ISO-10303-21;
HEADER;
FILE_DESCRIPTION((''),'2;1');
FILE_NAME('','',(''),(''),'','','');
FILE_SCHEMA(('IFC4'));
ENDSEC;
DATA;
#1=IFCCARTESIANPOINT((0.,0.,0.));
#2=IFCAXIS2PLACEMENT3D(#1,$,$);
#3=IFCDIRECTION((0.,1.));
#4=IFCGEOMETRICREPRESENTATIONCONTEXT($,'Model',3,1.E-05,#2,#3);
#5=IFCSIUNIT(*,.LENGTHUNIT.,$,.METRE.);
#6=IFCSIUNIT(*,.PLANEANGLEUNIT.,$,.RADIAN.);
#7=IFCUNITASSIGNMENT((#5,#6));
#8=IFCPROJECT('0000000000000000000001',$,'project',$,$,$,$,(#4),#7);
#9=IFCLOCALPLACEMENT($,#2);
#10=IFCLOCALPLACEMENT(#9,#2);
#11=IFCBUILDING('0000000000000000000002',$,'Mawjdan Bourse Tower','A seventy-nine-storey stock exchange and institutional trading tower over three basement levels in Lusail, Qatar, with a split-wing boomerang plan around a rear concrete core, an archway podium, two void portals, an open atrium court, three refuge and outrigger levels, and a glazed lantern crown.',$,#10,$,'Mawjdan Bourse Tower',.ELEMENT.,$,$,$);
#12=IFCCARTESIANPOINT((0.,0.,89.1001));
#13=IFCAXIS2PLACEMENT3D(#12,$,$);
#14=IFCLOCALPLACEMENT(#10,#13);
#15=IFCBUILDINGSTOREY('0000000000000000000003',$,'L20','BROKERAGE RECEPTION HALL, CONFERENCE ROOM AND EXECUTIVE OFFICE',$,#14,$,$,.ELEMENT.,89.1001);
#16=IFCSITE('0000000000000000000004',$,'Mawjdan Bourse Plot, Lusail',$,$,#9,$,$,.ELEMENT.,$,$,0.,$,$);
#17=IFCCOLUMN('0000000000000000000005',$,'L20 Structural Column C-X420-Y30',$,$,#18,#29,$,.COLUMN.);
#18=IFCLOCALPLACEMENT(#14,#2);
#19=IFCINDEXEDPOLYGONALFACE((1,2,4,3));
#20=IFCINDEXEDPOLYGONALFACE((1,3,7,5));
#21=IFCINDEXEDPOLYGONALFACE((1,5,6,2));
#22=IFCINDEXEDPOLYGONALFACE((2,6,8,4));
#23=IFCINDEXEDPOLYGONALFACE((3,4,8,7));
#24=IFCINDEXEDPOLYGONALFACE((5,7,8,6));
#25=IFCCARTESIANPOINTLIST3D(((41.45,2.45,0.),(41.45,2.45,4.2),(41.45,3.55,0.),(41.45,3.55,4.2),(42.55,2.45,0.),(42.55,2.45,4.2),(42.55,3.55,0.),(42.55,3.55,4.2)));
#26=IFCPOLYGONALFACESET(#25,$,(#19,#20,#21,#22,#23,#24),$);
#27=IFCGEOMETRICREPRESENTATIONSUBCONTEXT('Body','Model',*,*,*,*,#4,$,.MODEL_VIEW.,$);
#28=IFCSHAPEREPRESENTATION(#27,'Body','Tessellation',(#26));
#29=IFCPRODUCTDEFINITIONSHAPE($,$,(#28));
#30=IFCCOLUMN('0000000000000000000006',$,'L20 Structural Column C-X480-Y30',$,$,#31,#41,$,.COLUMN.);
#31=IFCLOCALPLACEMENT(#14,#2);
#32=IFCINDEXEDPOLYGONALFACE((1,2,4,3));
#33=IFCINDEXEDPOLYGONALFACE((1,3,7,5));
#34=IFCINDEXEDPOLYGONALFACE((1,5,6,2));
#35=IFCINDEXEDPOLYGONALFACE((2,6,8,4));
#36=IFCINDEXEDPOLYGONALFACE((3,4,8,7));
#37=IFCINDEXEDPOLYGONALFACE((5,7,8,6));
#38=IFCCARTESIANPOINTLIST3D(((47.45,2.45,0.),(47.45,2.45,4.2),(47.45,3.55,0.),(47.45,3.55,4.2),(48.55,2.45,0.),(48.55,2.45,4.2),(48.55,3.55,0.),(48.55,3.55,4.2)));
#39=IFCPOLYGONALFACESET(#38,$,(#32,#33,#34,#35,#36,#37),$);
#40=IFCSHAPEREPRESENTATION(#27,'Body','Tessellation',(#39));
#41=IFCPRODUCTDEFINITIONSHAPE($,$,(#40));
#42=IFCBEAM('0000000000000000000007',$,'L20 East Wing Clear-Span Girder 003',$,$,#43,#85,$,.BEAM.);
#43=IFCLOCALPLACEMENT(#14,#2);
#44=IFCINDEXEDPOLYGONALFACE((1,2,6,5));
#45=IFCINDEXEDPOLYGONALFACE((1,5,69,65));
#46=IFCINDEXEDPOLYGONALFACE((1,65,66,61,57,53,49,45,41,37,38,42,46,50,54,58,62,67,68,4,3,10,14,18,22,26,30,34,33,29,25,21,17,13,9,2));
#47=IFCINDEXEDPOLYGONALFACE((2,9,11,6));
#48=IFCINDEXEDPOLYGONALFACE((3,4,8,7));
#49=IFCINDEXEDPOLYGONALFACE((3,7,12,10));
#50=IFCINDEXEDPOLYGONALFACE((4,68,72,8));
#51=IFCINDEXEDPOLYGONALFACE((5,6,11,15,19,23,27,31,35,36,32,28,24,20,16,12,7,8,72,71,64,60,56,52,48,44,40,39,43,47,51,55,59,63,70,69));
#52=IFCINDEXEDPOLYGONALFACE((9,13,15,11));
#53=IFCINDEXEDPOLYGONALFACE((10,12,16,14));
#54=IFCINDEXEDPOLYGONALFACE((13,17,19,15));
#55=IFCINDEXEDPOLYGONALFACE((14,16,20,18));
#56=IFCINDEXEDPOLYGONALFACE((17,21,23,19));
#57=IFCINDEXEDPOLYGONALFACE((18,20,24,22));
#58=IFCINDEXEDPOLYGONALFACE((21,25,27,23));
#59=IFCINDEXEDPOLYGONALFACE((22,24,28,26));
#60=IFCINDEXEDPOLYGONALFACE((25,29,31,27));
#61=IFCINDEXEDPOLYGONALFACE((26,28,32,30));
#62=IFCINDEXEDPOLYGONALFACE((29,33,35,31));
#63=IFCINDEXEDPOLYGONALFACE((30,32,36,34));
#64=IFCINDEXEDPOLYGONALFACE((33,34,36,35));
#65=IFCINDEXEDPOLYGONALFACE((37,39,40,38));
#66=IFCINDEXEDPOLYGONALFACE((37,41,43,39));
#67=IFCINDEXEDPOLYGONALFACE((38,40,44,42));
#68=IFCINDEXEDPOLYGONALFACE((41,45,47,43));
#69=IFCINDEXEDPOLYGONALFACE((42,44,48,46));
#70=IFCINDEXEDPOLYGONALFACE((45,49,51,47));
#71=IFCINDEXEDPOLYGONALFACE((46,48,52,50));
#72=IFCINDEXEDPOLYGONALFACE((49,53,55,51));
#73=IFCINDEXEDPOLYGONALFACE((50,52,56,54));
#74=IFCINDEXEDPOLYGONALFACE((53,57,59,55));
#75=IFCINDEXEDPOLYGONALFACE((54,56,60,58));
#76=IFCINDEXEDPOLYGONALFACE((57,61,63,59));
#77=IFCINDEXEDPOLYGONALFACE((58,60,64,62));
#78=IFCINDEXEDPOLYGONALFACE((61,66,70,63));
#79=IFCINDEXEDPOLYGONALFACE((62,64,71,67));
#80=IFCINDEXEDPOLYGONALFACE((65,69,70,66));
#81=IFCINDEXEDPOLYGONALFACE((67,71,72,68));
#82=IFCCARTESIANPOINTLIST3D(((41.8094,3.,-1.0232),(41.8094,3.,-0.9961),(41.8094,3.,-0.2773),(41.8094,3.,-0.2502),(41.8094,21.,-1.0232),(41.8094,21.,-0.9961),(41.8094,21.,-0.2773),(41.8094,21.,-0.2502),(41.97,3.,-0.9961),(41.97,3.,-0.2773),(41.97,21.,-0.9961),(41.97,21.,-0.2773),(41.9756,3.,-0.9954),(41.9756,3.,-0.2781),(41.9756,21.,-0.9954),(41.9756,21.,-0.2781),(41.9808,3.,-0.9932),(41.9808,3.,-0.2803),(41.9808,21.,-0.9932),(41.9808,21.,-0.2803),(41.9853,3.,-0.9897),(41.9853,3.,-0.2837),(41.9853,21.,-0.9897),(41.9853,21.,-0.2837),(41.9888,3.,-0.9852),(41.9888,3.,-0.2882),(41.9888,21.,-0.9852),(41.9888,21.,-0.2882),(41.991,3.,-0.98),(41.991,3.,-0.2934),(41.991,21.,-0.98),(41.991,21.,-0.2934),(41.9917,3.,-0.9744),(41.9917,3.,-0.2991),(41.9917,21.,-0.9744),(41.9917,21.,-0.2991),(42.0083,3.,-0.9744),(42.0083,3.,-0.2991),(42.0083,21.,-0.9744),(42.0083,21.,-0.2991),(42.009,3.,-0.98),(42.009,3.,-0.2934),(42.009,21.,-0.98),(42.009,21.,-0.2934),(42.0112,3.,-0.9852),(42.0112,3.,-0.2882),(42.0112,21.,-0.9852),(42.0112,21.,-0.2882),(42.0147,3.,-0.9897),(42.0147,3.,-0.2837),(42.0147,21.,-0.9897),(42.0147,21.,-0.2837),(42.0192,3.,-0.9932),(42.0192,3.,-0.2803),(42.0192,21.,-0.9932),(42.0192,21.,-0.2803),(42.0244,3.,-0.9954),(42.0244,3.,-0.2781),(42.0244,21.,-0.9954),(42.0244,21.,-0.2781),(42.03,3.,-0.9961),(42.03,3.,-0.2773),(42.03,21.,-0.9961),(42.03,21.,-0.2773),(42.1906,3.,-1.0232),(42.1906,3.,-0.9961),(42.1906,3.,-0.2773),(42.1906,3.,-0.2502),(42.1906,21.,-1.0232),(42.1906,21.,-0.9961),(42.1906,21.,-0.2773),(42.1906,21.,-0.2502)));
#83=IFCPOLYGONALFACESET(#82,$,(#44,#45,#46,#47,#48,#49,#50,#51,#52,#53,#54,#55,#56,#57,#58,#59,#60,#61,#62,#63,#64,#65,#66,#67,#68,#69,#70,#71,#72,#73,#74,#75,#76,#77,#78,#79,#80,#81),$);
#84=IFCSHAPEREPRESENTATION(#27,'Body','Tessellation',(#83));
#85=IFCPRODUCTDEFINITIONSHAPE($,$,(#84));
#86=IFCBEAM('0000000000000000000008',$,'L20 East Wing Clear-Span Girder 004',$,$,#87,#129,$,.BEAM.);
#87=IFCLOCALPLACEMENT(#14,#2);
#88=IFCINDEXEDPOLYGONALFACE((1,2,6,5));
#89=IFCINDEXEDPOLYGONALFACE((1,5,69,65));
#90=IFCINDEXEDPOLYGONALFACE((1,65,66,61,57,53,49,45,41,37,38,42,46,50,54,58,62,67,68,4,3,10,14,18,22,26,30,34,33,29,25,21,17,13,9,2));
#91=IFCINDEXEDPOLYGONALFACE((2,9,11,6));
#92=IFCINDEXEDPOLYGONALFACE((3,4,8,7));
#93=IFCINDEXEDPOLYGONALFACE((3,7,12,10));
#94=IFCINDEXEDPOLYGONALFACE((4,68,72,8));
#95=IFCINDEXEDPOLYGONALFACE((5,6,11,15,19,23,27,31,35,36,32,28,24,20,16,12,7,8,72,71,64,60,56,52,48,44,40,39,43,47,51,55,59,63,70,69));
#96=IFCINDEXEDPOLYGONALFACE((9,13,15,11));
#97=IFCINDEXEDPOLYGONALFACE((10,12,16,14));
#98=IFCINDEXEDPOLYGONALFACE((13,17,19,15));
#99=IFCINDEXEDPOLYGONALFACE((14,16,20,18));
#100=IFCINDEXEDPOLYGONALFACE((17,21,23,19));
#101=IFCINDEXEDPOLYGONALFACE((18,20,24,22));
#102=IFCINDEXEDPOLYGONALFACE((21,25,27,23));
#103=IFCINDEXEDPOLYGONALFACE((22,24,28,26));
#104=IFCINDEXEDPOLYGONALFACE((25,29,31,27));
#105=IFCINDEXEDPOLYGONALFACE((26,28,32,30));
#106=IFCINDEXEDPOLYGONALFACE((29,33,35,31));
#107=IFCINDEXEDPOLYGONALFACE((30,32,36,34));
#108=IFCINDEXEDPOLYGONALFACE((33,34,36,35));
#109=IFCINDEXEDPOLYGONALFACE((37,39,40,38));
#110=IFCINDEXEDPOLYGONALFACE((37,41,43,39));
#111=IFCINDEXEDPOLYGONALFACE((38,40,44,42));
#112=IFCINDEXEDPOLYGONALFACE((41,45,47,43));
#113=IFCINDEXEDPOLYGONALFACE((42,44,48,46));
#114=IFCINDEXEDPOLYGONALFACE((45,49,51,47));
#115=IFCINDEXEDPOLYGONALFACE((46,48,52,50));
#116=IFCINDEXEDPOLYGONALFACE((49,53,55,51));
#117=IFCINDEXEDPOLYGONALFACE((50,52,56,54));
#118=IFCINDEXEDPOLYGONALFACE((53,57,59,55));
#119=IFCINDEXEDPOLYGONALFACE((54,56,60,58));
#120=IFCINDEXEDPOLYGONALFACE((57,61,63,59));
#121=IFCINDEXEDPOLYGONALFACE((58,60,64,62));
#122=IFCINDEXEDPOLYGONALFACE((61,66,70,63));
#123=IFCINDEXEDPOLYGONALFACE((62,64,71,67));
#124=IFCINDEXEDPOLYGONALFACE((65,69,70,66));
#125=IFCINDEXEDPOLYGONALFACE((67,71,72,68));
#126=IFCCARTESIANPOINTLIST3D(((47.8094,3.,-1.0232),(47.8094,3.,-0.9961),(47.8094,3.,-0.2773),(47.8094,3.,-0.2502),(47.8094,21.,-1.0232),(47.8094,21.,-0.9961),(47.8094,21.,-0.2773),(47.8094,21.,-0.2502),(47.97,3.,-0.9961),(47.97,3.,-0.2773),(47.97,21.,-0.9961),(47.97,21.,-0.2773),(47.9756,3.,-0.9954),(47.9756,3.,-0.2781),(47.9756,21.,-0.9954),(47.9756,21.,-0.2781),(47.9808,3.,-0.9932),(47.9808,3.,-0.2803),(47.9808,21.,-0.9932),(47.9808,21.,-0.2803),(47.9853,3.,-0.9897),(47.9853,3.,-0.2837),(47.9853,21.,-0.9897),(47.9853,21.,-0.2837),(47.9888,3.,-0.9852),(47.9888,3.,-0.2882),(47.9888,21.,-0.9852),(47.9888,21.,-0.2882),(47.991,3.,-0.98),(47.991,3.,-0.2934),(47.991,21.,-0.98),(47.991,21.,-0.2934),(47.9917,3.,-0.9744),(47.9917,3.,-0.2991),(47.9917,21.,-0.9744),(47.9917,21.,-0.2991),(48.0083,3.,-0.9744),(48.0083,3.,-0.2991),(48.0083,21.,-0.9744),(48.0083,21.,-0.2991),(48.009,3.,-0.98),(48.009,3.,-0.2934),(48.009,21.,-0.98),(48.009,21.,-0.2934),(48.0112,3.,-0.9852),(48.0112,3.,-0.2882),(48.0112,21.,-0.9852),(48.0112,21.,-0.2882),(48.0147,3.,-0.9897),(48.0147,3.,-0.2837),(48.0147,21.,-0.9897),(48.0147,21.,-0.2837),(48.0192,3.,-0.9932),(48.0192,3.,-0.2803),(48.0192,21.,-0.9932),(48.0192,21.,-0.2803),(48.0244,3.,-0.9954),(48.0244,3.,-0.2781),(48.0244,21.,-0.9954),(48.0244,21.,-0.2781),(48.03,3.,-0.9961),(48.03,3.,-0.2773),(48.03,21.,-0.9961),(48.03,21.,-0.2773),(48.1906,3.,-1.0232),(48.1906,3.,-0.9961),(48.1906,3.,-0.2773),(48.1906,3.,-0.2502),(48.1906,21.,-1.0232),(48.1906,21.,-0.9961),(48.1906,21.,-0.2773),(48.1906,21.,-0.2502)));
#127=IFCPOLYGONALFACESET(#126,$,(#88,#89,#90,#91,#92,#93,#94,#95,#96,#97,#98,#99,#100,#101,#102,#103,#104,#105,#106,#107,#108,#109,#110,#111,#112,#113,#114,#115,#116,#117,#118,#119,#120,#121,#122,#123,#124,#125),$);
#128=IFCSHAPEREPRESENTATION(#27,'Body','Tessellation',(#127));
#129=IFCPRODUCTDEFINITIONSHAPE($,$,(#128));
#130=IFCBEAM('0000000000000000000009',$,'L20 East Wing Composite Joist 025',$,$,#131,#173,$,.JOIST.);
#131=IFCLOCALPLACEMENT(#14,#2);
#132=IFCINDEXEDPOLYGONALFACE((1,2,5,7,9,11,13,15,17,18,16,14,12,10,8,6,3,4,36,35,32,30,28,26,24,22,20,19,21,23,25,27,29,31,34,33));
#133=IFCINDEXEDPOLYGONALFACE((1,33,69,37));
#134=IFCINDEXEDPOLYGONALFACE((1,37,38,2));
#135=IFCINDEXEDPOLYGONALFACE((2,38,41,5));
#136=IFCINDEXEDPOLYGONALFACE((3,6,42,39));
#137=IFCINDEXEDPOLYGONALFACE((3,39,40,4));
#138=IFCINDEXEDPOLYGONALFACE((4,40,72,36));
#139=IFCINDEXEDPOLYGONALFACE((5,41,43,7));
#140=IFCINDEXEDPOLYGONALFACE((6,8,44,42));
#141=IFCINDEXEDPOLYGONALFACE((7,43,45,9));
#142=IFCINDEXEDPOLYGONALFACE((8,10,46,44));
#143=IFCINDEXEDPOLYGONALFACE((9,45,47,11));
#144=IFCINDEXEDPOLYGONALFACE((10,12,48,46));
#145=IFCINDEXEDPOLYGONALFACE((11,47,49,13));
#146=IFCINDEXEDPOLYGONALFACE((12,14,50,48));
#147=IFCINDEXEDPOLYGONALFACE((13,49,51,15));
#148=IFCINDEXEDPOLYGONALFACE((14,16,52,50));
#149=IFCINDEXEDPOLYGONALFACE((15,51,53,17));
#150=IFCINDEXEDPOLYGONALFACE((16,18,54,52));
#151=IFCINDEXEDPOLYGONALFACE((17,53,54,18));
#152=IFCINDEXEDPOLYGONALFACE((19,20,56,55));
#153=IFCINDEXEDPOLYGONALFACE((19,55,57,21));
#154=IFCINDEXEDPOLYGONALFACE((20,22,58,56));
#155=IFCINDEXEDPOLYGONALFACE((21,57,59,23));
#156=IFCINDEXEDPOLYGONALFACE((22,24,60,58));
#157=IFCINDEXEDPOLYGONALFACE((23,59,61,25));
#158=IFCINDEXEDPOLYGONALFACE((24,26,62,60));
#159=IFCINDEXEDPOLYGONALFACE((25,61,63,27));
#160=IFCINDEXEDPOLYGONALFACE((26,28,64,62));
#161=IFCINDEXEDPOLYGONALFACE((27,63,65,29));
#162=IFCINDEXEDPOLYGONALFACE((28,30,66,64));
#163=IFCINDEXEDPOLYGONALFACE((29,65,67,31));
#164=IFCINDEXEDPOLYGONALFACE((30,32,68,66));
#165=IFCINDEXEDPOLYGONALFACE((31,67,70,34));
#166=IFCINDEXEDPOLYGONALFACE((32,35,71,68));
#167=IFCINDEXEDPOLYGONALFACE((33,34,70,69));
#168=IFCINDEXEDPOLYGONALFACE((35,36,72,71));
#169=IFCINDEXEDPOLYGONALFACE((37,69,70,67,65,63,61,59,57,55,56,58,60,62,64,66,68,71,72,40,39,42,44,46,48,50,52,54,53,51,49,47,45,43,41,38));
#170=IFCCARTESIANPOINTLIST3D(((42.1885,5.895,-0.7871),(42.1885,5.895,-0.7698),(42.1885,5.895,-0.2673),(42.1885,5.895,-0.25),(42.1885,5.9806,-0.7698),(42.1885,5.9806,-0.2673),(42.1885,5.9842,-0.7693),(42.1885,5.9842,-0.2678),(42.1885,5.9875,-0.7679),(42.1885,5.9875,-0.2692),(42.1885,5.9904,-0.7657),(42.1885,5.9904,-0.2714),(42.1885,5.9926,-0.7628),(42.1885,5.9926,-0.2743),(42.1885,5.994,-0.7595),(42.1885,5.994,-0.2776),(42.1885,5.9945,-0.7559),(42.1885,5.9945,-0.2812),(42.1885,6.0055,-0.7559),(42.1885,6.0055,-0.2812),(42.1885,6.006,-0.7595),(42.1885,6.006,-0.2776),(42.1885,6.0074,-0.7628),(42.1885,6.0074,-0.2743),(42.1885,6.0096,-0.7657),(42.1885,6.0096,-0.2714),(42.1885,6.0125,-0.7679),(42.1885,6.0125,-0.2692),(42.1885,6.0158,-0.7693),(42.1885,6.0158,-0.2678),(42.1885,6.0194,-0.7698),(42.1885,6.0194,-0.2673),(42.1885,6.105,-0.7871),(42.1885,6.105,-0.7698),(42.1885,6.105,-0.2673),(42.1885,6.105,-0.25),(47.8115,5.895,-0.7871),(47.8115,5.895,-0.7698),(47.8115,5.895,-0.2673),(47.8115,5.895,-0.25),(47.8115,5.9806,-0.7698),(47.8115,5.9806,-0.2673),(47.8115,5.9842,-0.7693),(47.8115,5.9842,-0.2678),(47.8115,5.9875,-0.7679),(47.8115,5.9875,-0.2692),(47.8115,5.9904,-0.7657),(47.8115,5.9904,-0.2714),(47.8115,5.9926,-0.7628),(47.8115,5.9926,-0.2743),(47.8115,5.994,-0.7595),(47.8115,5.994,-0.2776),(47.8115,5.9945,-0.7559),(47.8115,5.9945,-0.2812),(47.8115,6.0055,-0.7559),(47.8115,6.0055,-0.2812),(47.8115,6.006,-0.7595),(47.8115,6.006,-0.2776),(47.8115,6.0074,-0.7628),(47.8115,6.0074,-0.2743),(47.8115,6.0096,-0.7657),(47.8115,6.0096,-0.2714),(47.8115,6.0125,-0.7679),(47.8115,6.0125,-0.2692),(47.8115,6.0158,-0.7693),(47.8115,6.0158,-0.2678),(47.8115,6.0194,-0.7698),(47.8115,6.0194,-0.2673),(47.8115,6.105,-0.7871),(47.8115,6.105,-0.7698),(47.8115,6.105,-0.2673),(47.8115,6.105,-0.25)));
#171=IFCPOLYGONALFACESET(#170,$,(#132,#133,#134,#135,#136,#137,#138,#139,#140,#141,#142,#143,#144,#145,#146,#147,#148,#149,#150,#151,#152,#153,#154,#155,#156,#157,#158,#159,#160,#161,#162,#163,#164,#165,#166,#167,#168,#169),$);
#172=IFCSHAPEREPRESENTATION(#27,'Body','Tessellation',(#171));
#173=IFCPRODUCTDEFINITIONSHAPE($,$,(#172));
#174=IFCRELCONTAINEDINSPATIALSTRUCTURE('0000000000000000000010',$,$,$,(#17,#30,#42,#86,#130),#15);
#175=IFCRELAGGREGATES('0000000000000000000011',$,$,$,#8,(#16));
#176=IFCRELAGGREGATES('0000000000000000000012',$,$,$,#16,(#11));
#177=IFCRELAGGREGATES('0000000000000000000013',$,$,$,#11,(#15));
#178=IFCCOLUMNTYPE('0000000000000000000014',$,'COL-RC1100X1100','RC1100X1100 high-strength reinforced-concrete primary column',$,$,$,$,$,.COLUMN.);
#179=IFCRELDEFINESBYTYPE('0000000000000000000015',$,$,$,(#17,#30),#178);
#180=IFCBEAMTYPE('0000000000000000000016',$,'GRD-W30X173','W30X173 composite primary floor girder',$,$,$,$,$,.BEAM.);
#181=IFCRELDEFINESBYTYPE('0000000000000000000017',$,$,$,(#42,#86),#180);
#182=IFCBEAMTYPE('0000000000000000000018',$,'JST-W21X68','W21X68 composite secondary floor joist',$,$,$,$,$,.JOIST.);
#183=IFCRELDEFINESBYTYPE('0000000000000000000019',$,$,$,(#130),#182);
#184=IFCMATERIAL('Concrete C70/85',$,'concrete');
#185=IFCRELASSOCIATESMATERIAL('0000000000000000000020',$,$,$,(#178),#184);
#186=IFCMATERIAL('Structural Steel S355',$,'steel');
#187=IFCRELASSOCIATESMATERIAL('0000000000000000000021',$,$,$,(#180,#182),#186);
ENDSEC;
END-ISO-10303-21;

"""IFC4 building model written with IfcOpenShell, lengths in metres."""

from ifc_helpers import new_model, si_unit, direction, frame, origin, origin_2d, place, context, subcontext, project, spatial, rectangle, i_section, extrude, material, material_profile, profile_set, type_object, element, save


model = new_model("IFC4")

# Units and contexts
model_context = context("Model", 3, precision=1e-05, world=origin(), true_north=direction((0.0, 1.0)))
body_context = subcontext(model_context, "Body", "Model", "MODEL_VIEW")
ifc_project = project(units=[si_unit("LENGTHUNIT", "METRE"), si_unit("PLANEANGLEUNIT", "RADIAN")], contexts=[model_context])

# Site, building, storey
site_placement = place(None, origin())
site = spatial("IfcSite", under=ifc_project, at=site_placement, Name="Mawjdan Bourse Plot, Lusail", CompositionType="ELEMENT", RefElevation=0.0)
building_placement = place(site_placement, origin())
building = spatial("IfcBuilding", under=site, at=building_placement, Name="Mawjdan Bourse Tower", Description="A seventy-nine-storey stock exchange and institutional trading tower over three basement levels in Lusail, Qatar, with a split-wing boomerang plan around a rear concrete core, an archway podium, two void portals, an open atrium court, three refuge and outrigger levels, and a glazed lantern crown.", LongName="Mawjdan Bourse Tower", CompositionType="ELEMENT")
storey_placement = place(building_placement, frame((0.0, 0.0, 89.1001)))
storey = spatial("IfcBuildingStorey", under=building, at=storey_placement, Name="L20", Description="BROKERAGE RECEPTION HALL, CONFERENCE ROOM AND EXECUTIVE OFFICE", CompositionType="ELEMENT", Elevation=89.1001)

# Columns
ifc_material_1 = material(Name="Concrete C70/85", Category="concrete")
ifc_material_profile_1 = material_profile(ifc_material_1, rectangle(XDim=1.1001, YDim=1.1001, at=origin_2d()), Name="RC1100X1100")
ifc_profile_set_1 = profile_set([ifc_material_profile_1], Name="Concrete C70/85")
column_type = type_object("IfcColumnType", Name="COL-RC1100X1100", Description="RC1100X1100 high-strength reinforced-concrete primary column", PredefinedType="COLUMN", material=ifc_profile_set_1)
for number, where, z_axis, x_axis, name in (
    (1, (42.0, 3.0, 0.0), (0.0, 0.0, 1.0), (1.0, 0.0, 0.0), "L20 Structural Column C-X420-Y30"),
    (2, (48.0, 3.0, 0.0), (0.0, 0.0, 1.0), (1.0, 0.0, 0.0), "L20 Structural Column C-X480-Y30"),
):
    element("IfcColumn", number, at=place(storey_placement, frame(where, z_axis=z_axis, x_axis=x_axis)), inside=storey, type_object=column_type, Name=name, PredefinedType="COLUMN", context=body_context, shape_type="SweptSolid", body=[
        extrude(rectangle(XDim=1.1001, YDim=1.1001, at=origin_2d()), origin(), (0.0, 0.0, 1.0), 4.2),
    ])

# Beams
ifc_material_2 = material(Name="Structural Steel S355", Category="steel")
ifc_material_profile_2 = material_profile(ifc_material_2, i_section(OverallWidth=0.3811, OverallDepth=0.7729, WebThickness=0.0166, FlangeThickness=0.0271, FilletRadius=0.0217, at=origin_2d()), Name="W30X173")
ifc_profile_set_2 = profile_set([ifc_material_profile_2], Name="Structural Steel S355")
beam_type_1 = type_object("IfcBeamType", Name="GRD-W30X173", Description="W30X173 composite primary floor girder", PredefinedType="BEAM", material=ifc_profile_set_2)
for number, where, z_axis, x_axis, name in (
    (3, (42.0, 3.0, -0.6367), (0.0, 1.0, 0.0), (-1.0, 0.0, 0.0), "L20 East Wing Clear-Span Girder 003"),
    (4, (48.0, 3.0, -0.6367), (0.0, 1.0, 0.0), (-1.0, 0.0, 0.0), "L20 East Wing Clear-Span Girder 004"),
):
    element("IfcBeam", number, at=place(storey_placement, frame(where, z_axis=z_axis, x_axis=x_axis)), inside=storey, type_object=beam_type_1, Name=name, PredefinedType="BEAM", context=body_context, shape_type="SweptSolid", body=[
        extrude(i_section(OverallWidth=0.3811, OverallDepth=0.7729, WebThickness=0.0166, FlangeThickness=0.0271, FilletRadius=0.0217, at=origin_2d()), origin(), (0.0, 0.0, 1.0), 18.0),
    ])
ifc_material_profile_3 = material_profile(ifc_material_2, i_section(OverallWidth=0.21, OverallDepth=0.5371, WebThickness=0.011, FlangeThickness=0.0173, FilletRadius=0.0139, at=origin_2d()), Name="W21X68")
ifc_profile_set_3 = profile_set([ifc_material_profile_3], Name="Structural Steel S355")
beam_type_2 = type_object("IfcBeamType", Name="JST-W21X68", Description="W21X68 composite secondary floor joist", PredefinedType="JOIST", material=ifc_profile_set_3)
beam_1_placement = place(storey_placement, frame((42.1885, 6.0, -0.5186), z_axis=(1.0, 0.0, 0.0), x_axis=(0.0, 1.0, 0.0)))
element("IfcBeam", 5, at=beam_1_placement, inside=storey, type_object=beam_type_2, Name="L20 East Wing Composite Joist 025", PredefinedType="JOIST", context=body_context, shape_type="SweptSolid", body=[
    extrude(i_section(OverallWidth=0.21, OverallDepth=0.5371, WebThickness=0.011, FlangeThickness=0.0173, FilletRadius=0.0139, at=origin_2d()), origin(), (0.0, 0.0, 1.0), 5.623),
])

save(model, "model.ifc")
